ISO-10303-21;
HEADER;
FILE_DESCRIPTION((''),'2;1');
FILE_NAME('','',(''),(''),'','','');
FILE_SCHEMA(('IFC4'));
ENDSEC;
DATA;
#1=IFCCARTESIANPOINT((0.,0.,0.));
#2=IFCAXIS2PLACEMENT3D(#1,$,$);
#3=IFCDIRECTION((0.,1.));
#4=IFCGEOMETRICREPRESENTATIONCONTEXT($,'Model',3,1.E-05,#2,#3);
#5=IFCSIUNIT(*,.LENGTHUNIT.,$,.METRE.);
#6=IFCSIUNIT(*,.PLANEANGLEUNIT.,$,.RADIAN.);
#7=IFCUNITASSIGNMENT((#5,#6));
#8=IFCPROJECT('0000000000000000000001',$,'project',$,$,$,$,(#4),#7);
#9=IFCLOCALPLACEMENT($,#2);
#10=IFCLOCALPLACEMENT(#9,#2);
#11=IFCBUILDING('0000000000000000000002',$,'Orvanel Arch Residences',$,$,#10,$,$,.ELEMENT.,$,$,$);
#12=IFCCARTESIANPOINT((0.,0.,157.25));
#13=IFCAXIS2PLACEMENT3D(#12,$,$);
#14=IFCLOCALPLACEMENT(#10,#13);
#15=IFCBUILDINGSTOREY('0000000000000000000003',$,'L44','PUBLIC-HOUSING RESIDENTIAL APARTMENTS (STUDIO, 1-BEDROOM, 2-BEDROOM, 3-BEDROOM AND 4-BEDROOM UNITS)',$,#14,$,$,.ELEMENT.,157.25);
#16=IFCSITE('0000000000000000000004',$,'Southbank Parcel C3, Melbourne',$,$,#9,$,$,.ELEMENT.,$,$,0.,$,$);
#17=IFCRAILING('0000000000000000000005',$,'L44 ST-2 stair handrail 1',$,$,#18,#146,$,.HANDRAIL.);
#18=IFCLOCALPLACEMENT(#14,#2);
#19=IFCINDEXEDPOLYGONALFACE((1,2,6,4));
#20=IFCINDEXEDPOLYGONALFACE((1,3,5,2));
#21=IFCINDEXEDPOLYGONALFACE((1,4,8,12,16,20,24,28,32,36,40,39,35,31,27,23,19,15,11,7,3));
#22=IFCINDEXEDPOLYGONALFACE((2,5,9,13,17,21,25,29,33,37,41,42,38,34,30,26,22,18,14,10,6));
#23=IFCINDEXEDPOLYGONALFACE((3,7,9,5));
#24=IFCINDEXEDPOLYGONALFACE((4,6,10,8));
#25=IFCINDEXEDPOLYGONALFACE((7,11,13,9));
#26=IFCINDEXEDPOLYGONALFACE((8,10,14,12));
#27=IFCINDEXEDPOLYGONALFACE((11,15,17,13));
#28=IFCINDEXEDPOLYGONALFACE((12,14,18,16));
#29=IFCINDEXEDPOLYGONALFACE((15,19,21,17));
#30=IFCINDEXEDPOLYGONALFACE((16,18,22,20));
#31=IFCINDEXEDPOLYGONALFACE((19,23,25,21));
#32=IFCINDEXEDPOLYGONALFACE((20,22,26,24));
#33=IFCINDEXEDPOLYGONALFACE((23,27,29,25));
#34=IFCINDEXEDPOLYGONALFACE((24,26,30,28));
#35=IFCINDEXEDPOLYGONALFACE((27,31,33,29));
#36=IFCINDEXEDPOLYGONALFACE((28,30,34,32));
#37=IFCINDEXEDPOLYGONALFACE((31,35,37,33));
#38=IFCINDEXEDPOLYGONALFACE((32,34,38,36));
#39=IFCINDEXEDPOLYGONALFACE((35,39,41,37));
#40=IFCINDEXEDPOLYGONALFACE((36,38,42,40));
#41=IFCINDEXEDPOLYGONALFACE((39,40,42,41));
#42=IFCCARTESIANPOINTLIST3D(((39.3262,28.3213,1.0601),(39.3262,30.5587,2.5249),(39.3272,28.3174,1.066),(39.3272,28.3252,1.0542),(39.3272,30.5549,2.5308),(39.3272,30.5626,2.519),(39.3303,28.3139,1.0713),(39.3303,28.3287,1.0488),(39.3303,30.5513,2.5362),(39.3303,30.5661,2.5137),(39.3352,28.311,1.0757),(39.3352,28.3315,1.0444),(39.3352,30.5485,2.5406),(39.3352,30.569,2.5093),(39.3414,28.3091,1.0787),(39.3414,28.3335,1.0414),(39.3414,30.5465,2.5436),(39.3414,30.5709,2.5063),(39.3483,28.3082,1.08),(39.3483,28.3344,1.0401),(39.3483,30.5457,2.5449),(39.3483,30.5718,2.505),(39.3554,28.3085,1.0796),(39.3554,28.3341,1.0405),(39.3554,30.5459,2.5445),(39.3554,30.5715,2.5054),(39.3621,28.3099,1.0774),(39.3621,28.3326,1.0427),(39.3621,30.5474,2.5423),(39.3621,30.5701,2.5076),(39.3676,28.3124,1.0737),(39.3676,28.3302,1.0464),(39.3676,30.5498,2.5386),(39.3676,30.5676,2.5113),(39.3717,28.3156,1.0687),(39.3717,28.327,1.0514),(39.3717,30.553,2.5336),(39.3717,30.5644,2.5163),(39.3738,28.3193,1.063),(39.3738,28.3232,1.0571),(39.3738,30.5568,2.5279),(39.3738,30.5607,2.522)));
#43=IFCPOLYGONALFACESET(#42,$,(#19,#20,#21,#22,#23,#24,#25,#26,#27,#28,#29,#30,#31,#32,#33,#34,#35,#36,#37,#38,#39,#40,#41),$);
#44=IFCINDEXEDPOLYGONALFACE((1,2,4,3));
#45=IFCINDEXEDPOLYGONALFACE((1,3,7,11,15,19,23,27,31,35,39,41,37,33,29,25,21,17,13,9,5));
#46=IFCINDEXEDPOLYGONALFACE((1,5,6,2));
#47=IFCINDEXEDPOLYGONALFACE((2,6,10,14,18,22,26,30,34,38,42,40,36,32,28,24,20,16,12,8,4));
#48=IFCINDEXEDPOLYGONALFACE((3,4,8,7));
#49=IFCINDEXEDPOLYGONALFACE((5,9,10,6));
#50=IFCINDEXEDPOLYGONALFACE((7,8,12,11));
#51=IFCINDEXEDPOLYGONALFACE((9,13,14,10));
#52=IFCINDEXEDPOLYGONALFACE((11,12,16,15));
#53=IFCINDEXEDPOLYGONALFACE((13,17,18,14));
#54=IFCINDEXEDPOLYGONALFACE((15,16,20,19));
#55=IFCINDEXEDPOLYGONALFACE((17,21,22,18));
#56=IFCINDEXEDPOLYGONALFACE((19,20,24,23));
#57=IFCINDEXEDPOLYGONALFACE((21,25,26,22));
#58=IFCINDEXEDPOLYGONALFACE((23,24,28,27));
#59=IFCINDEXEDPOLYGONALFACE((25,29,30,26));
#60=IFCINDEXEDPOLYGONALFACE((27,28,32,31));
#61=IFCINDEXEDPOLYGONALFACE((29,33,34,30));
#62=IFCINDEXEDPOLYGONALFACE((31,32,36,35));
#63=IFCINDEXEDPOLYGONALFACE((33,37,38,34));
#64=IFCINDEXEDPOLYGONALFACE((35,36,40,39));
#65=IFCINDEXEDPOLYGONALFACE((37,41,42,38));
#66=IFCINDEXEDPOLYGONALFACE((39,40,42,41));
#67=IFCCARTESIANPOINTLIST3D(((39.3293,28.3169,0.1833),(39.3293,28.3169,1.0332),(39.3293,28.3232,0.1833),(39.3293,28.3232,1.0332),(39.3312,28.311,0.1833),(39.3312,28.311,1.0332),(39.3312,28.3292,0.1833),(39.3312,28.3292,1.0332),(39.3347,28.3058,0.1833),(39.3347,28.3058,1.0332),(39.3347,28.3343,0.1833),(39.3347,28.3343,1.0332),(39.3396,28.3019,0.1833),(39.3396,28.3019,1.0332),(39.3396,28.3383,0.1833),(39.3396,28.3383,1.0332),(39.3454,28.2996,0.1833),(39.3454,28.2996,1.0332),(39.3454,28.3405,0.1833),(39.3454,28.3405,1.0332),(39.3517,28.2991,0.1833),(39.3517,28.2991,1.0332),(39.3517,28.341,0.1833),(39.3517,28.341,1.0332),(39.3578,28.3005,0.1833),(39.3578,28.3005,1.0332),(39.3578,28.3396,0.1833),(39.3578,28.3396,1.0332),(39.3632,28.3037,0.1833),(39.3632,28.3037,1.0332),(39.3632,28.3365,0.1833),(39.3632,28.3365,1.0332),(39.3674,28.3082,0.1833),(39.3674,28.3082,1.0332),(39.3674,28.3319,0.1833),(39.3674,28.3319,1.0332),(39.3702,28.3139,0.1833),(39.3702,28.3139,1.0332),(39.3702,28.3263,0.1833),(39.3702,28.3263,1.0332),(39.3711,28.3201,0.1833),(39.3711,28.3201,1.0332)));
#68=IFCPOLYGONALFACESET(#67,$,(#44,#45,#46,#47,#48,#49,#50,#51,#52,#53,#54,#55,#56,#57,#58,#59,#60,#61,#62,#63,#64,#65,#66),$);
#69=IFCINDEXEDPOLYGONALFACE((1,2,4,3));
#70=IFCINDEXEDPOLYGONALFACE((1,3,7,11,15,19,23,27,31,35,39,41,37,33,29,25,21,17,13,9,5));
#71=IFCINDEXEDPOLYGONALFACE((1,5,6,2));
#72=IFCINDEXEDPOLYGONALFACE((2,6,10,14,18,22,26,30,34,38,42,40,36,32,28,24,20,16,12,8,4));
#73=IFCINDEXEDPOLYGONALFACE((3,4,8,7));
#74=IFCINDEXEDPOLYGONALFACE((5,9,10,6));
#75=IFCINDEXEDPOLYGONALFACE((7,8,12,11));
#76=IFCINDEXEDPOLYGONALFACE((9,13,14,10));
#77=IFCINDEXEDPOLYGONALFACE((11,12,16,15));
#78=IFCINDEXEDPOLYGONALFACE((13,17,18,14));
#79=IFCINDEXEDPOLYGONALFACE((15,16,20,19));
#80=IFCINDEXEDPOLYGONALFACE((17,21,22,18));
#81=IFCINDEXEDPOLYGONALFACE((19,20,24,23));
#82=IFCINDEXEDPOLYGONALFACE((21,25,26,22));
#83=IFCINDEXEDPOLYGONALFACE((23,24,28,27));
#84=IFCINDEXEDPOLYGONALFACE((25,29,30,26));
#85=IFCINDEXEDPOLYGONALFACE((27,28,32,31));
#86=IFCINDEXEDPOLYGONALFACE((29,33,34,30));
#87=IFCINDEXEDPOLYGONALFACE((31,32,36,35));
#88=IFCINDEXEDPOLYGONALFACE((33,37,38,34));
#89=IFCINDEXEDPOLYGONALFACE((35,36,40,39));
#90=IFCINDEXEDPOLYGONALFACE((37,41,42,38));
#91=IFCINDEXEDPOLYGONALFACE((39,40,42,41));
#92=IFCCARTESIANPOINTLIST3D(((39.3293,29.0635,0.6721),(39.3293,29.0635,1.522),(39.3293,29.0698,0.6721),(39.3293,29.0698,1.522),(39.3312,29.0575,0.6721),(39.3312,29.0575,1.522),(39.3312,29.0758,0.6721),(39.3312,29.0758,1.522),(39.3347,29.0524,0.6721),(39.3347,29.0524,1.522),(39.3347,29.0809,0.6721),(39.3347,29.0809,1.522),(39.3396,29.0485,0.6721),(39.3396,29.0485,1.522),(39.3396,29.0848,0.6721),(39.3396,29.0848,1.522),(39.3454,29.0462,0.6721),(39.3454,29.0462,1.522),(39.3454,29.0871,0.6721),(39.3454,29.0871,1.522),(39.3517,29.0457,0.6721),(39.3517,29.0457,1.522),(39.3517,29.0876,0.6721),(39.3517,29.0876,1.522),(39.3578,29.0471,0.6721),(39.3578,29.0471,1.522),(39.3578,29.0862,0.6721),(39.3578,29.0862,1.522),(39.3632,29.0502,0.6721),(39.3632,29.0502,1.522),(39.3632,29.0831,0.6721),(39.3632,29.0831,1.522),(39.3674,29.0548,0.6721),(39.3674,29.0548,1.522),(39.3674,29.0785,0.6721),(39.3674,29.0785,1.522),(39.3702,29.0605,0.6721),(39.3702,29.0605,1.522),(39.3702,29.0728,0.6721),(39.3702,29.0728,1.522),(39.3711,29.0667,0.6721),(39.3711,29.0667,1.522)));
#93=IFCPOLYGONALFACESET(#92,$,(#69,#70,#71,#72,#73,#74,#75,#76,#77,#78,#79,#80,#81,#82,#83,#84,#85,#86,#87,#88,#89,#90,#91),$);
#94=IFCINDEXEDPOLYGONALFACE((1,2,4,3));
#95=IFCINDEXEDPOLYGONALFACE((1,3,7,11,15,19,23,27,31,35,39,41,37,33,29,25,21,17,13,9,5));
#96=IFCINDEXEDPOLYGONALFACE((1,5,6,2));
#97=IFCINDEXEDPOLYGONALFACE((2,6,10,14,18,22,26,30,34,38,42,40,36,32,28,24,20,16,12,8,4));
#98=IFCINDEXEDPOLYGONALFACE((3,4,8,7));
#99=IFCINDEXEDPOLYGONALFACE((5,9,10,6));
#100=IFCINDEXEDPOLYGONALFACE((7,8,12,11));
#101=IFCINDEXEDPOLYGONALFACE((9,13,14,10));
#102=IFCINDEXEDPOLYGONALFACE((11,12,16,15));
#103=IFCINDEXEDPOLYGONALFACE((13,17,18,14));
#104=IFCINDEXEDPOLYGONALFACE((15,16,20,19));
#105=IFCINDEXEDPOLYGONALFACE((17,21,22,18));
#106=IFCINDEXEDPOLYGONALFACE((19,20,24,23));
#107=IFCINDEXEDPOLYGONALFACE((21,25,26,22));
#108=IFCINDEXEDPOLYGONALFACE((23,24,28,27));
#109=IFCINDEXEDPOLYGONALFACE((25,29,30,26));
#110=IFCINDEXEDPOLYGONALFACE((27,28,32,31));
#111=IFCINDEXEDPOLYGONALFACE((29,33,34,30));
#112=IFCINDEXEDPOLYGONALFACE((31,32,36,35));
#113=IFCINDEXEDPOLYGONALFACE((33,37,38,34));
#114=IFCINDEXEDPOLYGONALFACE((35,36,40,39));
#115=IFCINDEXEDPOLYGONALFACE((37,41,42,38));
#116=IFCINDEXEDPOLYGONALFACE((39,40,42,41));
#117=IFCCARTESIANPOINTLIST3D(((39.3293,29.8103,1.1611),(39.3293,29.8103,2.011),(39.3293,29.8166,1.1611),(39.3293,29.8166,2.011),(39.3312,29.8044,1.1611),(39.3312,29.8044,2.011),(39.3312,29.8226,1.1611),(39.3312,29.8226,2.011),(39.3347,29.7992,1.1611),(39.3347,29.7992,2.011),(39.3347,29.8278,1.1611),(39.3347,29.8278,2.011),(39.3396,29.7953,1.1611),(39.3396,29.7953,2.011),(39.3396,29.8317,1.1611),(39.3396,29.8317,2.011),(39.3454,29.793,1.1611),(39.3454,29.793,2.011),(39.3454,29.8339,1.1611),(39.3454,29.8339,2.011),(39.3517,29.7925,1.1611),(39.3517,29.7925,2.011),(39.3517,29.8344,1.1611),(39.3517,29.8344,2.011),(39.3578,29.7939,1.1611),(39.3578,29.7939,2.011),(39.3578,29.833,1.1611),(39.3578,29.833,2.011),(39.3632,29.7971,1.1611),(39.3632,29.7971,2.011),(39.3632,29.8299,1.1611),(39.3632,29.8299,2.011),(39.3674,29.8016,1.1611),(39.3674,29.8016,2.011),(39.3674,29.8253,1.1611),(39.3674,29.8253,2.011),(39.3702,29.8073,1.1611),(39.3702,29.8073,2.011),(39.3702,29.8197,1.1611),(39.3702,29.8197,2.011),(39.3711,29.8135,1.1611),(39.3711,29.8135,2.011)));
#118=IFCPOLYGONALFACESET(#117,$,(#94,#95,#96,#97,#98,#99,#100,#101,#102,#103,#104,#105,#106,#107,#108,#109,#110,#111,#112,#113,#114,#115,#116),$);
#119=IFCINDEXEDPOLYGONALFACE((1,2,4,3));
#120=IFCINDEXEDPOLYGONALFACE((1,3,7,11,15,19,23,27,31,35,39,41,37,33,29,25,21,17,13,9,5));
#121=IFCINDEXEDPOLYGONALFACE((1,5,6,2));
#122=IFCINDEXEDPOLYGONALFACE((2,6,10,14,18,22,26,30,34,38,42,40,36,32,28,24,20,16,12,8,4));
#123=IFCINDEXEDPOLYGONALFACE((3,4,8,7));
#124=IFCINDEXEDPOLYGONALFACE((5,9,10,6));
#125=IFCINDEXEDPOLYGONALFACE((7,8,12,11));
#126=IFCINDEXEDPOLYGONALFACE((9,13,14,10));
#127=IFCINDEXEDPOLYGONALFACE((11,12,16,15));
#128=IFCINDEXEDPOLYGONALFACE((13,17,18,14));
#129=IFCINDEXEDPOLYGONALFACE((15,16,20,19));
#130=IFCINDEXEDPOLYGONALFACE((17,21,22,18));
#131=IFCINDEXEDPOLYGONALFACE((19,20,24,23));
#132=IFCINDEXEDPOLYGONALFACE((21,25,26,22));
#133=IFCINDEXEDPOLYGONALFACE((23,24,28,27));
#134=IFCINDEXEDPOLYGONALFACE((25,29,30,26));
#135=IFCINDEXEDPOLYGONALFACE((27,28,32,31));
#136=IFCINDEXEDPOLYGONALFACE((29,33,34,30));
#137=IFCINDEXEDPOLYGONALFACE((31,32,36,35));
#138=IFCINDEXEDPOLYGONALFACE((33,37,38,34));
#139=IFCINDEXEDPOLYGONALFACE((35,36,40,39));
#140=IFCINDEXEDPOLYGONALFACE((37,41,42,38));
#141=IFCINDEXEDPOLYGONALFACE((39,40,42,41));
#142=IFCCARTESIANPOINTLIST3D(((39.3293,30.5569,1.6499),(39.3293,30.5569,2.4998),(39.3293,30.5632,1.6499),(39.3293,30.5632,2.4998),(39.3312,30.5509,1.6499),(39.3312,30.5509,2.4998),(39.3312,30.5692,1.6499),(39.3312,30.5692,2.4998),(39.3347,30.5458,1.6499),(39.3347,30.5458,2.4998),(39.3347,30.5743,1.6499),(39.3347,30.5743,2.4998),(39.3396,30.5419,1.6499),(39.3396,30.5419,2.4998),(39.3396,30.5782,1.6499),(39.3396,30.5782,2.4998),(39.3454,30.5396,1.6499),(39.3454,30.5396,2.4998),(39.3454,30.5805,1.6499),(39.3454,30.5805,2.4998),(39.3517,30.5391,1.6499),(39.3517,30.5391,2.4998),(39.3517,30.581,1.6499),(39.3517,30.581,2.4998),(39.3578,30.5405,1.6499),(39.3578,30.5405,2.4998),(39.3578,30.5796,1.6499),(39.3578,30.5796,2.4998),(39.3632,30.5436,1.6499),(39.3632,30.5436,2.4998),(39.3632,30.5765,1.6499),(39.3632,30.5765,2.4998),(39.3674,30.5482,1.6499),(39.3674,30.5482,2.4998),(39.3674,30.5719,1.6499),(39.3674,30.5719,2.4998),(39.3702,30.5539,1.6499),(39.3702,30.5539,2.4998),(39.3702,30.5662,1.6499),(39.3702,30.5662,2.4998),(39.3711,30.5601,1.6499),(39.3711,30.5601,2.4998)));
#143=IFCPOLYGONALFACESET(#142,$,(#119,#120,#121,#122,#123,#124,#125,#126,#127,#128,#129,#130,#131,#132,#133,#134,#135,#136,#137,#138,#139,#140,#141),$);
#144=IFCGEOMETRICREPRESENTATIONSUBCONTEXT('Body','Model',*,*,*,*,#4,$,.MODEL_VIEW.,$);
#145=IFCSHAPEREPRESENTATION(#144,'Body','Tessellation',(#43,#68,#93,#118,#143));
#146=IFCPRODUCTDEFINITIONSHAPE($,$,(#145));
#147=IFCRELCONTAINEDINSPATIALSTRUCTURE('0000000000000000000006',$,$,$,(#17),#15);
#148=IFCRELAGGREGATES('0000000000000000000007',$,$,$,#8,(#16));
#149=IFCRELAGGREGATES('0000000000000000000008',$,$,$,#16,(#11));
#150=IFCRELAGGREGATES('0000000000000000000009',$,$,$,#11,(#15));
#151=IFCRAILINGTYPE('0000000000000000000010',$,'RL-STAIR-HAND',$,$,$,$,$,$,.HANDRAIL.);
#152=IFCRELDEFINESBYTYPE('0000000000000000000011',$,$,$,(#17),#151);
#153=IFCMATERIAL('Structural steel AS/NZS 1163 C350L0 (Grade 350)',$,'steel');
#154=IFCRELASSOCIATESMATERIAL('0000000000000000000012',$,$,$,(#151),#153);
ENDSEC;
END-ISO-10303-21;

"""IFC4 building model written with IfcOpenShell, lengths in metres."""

from ifc_helpers import new_model, si_unit, direction, frame, origin, origin_2d, place, context, subcontext, project, spatial, circle, extrude, material, type_object, element, save


model = new_model("IFC4")

# Units and contexts
model_context = context("Model", 3, precision=1e-05, world=origin(), true_north=direction((0.0, 1.0)))
body_context = subcontext(model_context, "Body", "Model", "MODEL_VIEW")
ifc_project = project(units=[si_unit("LENGTHUNIT", "METRE"), si_unit("PLANEANGLEUNIT", "RADIAN")], contexts=[model_context])

# Site, building, storey
site_placement = place(None, origin())
site = spatial("IfcSite", under=ifc_project, at=site_placement, Name="Southbank Parcel C3, Melbourne", CompositionType="ELEMENT", RefElevation=0.0)
building_placement = place(site_placement, origin())
building = spatial("IfcBuilding", under=site, at=building_placement, Name="Orvanel Arch Residences", CompositionType="ELEMENT")
storey_placement = place(building_placement, frame((0.0, 0.0, 157.25)))
storey = spatial("IfcBuildingStorey", under=building, at=storey_placement, Name="L44", Description="PUBLIC-HOUSING RESIDENTIAL APARTMENTS (STUDIO, 1-BEDROOM, 2-BEDROOM, 3-BEDROOM AND 4-BEDROOM UNITS)", CompositionType="ELEMENT", Elevation=157.25)

# Railing
ifc_material_1 = material(Name="Structural steel AS/NZS 1163 C350L0 (Grade 350)", Category="steel")
railing_type = type_object("IfcRailingType", Name="RL-STAIR-HAND", PredefinedType="HANDRAIL", material=ifc_material_1)
railing_placement = place(storey_placement, frame((39.3501, 28.3201, 0.1833)))
element("IfcRailing", 1, at=railing_placement, inside=storey, type_object=railing_type, Name="L44 ST-2 stair handrail 1", PredefinedType="HANDRAIL", context=body_context, shape_type="SweptSolid", body=[
    extrude(circle(Radius=0.0239, at=origin_2d()), frame((0.0, 0.0012, 0.8767), z_axis=(0.0, 0.836637, 0.547758), x_axis=(-1.0, 0.0, 0.0)), (0.0, 0.0, 1.0), 2.6743),
    extrude(circle(Radius=0.021, at=origin_2d()), origin(), (0.0, 0.0, 1.0), 0.8499),
    extrude(circle(Radius=0.021, at=origin_2d()), frame((0.0, 0.7466, 0.4888)), (0.0, 0.0, 1.0), 0.8499),
    extrude(circle(Radius=0.021, at=origin_2d()), frame((0.0, 1.4934, 0.9778)), (0.0, 0.0, 1.0), 0.8499),
    extrude(circle(Radius=0.021, at=origin_2d()), frame((0.0, 2.24, 1.4666)), (0.0, 0.0, 1.0), 0.8499),
])

save(model, "model.ifc")
